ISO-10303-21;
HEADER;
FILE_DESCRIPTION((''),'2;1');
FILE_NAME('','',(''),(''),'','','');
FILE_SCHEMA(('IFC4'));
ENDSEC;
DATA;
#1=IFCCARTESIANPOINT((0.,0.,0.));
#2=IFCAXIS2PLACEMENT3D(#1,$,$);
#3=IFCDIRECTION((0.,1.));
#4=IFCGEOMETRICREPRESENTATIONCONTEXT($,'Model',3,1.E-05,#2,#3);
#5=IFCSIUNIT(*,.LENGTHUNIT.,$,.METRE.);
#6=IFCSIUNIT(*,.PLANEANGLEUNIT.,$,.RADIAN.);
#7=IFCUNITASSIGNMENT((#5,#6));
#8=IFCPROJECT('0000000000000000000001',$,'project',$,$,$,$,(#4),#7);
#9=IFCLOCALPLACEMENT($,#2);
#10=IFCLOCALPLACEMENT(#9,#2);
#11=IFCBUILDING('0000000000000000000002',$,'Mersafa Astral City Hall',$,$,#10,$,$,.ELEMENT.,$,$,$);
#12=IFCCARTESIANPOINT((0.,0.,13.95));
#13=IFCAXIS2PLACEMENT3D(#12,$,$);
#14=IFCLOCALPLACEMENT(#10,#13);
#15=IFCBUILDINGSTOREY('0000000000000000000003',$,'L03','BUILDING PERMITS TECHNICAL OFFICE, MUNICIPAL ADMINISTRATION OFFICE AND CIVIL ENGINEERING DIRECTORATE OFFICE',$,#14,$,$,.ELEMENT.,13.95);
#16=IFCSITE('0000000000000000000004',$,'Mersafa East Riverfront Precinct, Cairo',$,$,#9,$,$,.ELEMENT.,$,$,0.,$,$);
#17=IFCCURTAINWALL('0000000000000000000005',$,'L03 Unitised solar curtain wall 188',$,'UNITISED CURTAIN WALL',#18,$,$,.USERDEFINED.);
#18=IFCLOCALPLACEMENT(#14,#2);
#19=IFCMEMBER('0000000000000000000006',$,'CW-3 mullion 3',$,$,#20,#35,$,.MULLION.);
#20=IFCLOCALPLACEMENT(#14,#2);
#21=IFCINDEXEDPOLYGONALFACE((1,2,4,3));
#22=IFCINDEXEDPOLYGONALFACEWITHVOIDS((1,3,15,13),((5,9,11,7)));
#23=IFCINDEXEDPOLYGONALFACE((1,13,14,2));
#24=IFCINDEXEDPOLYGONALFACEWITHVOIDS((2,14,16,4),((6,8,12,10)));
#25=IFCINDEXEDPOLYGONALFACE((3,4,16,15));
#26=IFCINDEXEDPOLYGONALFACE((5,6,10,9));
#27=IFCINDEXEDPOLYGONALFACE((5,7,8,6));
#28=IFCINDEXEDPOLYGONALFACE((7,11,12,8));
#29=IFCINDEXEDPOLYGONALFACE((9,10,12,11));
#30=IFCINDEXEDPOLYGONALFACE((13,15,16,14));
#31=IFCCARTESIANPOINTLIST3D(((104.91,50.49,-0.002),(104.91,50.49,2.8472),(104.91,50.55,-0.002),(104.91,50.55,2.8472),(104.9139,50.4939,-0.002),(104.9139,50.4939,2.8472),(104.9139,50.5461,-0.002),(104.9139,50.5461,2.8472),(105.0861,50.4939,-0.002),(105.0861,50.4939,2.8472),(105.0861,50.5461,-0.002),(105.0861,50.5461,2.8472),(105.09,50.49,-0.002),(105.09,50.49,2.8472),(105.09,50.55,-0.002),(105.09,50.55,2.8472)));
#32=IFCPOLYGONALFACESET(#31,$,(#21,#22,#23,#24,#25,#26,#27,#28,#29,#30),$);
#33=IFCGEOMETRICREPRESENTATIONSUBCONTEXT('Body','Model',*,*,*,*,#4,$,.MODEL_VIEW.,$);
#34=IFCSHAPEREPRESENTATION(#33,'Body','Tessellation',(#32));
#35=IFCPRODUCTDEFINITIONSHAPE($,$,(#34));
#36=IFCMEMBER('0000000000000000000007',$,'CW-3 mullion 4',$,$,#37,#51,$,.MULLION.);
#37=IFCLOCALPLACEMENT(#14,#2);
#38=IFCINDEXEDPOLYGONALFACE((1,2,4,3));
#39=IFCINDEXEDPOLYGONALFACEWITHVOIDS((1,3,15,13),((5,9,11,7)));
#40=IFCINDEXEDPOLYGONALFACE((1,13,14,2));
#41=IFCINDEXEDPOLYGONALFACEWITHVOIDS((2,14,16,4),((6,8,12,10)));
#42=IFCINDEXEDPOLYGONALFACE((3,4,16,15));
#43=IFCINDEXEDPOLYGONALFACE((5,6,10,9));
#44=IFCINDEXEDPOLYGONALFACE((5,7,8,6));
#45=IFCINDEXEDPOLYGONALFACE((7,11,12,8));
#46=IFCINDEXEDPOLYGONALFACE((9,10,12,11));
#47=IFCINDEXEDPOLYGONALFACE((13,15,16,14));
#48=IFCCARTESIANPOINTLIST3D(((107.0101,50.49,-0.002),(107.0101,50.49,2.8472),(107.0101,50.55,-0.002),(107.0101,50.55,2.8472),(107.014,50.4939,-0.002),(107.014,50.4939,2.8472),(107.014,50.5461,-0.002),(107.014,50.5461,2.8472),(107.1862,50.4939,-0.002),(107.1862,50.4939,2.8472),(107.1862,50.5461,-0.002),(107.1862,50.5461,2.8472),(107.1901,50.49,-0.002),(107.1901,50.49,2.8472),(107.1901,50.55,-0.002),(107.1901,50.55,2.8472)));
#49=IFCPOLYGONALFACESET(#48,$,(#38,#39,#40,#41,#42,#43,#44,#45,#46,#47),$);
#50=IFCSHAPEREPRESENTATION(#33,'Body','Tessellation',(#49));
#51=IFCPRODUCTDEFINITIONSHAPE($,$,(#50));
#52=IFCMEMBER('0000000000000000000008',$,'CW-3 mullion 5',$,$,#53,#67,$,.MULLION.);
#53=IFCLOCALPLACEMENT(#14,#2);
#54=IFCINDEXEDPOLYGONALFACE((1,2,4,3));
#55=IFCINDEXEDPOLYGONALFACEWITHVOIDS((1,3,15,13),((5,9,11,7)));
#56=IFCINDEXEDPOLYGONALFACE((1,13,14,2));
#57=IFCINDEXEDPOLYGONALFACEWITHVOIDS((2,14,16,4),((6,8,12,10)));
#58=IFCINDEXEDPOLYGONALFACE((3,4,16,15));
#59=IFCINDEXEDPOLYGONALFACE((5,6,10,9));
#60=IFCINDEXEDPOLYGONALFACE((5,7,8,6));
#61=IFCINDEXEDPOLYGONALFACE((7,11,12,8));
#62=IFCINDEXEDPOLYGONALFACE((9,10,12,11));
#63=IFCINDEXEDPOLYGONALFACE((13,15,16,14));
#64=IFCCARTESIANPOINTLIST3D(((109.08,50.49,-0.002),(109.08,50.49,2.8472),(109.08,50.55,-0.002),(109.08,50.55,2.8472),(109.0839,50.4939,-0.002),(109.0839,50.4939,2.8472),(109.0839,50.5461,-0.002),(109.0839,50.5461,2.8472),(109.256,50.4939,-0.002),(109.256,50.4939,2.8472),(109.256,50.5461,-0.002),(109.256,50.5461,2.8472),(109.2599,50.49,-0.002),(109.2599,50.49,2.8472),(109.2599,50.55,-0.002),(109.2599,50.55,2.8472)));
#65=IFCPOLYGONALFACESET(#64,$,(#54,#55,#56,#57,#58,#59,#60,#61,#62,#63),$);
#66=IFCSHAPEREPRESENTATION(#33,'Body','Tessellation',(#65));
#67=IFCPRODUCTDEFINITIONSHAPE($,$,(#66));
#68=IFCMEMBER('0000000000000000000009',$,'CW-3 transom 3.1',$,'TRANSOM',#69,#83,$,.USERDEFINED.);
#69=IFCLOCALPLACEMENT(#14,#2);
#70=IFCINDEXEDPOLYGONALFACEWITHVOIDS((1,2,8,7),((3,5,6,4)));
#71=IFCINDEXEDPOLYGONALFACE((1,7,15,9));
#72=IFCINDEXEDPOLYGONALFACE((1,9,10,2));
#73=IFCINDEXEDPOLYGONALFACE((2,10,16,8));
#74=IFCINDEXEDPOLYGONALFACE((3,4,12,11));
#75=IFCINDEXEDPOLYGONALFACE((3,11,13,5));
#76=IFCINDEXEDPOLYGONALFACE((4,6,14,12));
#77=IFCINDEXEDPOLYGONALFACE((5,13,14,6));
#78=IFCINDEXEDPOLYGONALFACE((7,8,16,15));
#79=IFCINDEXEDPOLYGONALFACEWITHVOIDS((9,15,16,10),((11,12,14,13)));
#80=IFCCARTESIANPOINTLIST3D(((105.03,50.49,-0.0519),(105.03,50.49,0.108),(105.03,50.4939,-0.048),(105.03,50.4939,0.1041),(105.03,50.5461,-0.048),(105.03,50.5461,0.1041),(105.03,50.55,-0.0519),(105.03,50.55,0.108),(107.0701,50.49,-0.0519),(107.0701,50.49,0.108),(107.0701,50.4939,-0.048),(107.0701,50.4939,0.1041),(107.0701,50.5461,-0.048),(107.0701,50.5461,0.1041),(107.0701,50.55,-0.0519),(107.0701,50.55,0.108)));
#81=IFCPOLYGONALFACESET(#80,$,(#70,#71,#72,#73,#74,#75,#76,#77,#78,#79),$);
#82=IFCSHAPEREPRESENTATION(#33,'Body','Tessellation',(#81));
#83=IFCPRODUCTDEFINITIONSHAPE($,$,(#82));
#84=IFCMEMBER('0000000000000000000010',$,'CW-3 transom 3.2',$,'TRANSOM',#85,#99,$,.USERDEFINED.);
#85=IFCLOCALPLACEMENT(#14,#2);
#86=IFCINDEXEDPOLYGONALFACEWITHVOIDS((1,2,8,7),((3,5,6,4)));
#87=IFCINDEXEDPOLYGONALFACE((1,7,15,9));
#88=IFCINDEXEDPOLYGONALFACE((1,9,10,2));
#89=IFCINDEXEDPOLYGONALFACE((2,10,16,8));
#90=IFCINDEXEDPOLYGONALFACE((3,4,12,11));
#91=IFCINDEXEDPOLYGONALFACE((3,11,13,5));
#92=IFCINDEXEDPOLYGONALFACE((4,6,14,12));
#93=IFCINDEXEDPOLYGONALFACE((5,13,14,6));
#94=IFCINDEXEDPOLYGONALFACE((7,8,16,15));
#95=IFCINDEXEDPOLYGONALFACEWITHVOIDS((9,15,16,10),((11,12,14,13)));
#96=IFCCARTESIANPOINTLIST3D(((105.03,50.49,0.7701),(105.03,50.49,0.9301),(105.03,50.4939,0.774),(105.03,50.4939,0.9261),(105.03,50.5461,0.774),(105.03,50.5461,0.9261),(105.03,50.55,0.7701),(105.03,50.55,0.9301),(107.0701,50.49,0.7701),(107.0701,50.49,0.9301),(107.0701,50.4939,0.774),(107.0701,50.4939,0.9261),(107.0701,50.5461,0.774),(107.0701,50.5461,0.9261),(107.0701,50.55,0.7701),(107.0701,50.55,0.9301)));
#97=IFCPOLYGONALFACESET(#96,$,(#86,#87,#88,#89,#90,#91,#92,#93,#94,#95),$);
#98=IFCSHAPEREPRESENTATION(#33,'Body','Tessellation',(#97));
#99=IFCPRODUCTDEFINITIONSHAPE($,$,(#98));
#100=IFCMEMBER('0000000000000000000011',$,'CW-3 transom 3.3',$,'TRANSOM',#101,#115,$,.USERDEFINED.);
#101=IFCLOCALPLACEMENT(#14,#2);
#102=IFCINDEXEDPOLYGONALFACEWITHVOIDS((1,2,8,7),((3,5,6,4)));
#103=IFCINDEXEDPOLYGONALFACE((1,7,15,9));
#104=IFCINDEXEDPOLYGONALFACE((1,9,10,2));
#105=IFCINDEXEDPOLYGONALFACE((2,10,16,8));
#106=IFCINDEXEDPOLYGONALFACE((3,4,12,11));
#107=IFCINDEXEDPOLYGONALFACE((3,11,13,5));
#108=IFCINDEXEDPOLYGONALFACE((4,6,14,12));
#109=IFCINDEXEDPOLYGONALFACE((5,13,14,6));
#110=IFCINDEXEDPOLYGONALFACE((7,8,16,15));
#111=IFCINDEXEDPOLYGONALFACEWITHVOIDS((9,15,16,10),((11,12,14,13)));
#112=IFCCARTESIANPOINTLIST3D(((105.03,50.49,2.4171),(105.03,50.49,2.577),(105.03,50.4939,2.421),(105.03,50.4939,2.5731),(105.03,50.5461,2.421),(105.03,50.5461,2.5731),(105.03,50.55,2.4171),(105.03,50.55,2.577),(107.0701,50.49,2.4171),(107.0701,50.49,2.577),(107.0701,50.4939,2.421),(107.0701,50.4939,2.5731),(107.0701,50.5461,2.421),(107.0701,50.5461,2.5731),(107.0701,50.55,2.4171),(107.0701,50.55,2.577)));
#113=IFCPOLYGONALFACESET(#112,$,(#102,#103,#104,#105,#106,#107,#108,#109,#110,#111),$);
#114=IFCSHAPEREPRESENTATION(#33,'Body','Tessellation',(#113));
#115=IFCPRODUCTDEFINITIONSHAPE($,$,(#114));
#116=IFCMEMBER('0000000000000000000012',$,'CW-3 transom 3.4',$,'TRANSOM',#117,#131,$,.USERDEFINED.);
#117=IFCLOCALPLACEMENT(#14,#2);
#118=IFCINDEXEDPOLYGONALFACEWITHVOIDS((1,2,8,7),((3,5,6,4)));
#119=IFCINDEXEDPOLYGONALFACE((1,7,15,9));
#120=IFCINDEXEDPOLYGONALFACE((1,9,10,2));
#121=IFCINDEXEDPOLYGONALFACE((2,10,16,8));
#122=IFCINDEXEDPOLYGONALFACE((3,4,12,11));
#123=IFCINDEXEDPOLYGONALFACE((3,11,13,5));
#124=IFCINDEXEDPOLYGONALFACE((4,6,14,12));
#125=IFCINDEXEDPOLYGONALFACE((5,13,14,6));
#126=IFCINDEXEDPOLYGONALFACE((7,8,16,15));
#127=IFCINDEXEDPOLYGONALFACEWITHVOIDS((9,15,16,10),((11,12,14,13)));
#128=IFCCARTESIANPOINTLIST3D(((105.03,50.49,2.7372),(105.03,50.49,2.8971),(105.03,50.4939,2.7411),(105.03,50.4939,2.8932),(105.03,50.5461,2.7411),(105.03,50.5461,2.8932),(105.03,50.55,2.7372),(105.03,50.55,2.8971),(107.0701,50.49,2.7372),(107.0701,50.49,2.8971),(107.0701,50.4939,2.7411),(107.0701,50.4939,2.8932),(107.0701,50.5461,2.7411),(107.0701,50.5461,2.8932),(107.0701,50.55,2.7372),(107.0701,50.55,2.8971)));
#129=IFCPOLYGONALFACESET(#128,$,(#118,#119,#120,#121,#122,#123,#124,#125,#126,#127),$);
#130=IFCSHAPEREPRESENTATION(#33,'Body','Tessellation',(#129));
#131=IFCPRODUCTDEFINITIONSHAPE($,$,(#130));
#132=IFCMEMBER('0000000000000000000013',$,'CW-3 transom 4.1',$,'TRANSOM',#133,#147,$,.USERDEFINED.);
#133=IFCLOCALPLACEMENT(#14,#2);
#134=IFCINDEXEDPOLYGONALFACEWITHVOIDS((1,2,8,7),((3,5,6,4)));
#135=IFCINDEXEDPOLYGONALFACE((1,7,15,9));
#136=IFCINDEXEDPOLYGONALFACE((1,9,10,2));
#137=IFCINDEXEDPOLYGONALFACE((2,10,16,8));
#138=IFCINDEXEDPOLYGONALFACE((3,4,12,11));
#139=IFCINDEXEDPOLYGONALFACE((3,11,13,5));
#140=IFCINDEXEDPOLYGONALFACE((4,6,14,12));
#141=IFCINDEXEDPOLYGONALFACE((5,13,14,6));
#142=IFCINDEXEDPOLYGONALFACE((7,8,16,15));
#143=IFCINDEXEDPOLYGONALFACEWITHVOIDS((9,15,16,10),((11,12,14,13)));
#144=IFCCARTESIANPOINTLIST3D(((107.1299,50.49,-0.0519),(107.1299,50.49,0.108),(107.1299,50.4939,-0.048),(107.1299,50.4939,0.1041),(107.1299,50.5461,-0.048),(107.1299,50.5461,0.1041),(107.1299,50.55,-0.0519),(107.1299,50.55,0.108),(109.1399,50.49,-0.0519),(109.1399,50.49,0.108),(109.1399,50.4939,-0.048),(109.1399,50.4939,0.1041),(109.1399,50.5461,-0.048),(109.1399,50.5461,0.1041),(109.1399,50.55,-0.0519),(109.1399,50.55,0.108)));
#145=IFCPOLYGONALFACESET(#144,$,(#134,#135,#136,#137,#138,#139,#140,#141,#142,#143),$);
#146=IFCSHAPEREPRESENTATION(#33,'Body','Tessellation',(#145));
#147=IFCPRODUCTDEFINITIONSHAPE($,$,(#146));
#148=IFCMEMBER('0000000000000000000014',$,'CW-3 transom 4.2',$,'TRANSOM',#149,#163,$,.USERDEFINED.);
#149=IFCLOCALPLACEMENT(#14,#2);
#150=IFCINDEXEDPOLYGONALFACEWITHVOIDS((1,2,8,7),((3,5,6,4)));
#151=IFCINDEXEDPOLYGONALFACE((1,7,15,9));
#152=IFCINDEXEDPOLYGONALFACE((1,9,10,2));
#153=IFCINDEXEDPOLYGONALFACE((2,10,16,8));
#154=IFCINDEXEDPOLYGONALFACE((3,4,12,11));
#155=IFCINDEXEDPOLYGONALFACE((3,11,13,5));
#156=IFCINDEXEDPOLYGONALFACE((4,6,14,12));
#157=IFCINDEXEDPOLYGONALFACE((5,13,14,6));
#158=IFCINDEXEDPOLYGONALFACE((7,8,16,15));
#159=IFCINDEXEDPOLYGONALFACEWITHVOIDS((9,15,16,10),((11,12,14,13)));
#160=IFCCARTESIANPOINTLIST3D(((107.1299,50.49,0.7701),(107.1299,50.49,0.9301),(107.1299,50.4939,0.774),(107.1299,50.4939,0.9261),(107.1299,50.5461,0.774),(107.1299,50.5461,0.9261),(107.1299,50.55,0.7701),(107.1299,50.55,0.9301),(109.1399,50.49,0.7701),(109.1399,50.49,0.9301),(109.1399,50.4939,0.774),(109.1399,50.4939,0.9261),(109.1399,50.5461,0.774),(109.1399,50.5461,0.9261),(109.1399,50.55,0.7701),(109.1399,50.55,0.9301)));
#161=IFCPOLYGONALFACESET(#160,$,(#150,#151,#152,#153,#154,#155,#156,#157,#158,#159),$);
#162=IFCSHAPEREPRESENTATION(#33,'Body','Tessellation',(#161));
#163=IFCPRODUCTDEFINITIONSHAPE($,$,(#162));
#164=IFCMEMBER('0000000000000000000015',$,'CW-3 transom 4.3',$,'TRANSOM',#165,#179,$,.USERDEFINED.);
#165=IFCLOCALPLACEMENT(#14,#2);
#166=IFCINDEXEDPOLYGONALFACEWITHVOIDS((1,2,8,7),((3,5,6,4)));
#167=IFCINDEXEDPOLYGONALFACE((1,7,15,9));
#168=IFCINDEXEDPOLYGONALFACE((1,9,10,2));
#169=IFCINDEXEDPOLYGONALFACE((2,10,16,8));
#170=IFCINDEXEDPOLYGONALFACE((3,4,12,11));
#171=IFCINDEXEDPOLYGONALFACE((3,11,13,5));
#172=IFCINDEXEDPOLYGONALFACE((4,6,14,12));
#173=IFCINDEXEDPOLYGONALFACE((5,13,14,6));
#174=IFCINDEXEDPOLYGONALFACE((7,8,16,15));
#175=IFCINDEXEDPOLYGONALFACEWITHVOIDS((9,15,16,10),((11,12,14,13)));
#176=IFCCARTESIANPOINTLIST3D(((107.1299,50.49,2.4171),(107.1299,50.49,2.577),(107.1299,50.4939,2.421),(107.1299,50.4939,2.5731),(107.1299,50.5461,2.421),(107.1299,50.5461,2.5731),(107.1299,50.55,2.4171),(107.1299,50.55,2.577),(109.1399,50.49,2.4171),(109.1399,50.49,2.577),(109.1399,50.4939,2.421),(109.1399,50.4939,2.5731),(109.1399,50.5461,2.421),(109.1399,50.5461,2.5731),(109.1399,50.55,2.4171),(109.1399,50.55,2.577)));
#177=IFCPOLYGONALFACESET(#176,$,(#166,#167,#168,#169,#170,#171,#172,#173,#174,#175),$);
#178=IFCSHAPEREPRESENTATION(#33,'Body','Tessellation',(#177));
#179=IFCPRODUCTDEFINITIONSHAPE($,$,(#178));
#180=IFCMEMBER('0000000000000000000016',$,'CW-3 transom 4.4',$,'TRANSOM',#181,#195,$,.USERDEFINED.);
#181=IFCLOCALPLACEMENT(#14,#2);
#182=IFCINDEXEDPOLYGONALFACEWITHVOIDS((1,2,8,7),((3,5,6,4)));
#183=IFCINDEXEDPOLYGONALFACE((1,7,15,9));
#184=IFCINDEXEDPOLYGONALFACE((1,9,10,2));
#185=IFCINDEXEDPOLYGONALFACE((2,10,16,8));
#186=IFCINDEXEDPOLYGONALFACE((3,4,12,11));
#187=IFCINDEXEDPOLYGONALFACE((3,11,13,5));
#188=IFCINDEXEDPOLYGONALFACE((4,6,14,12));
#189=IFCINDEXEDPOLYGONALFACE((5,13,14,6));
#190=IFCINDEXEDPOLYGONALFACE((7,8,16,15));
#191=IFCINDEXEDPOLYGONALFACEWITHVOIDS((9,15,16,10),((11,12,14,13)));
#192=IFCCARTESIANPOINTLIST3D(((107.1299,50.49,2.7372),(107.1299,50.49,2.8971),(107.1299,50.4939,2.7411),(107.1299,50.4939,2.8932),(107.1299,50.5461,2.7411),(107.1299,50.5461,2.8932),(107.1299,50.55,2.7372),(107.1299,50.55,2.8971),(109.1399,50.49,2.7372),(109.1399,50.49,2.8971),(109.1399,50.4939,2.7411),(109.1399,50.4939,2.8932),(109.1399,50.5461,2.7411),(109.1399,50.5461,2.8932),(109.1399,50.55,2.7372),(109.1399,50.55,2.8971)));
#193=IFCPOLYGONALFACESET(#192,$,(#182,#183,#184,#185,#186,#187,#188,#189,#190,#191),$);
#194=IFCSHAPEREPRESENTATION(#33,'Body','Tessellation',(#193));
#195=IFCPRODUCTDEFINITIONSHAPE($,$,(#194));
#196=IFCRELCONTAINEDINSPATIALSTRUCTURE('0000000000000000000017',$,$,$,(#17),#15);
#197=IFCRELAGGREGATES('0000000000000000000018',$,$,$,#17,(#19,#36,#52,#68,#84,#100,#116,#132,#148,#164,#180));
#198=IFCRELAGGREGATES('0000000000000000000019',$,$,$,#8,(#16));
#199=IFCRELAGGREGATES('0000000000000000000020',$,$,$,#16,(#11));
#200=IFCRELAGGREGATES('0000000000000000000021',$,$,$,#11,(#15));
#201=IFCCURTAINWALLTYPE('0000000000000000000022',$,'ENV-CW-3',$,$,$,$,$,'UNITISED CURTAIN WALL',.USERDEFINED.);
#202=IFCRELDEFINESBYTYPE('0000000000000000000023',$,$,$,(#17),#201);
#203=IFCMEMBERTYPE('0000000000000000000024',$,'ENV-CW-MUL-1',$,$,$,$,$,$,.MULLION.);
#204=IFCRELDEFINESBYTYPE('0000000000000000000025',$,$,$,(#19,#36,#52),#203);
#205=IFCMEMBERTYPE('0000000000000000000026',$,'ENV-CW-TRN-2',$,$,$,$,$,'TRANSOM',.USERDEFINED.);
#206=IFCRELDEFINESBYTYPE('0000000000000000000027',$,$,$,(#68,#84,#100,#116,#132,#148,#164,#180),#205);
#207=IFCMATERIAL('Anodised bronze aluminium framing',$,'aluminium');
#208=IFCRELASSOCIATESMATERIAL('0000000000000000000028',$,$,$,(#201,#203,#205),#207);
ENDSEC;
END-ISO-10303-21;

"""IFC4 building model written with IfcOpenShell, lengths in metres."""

from ifc_helpers import new_model, si_unit, direction, frame, origin, origin_2d, place, context, subcontext, project, spatial, hollow_rectangle, extrude, material, material_profile, profile_set, type_object, element, aggregate, save


model = new_model("IFC4")

# Units and contexts
model_context = context("Model", 3, precision=1e-05, world=origin(), true_north=direction((0.0, 1.0)))
body_context = subcontext(model_context, "Body", "Model", "MODEL_VIEW")
ifc_project = project(units=[si_unit("LENGTHUNIT", "METRE"), si_unit("PLANEANGLEUNIT", "RADIAN")], contexts=[model_context])

# Site, building, storey
site_placement = place(None, origin())
site = spatial("IfcSite", under=ifc_project, at=site_placement, Name="Mersafa East Riverfront Precinct, Cairo", CompositionType="ELEMENT", RefElevation=0.0)
building_placement = place(site_placement, origin())
building = spatial("IfcBuilding", under=site, at=building_placement, Name="Mersafa Astral City Hall", CompositionType="ELEMENT")
storey_placement = place(building_placement, frame((0.0, 0.0, 13.95)))
storey = spatial("IfcBuildingStorey", under=building, at=storey_placement, Name="L03", Description="BUILDING PERMITS TECHNICAL OFFICE, MUNICIPAL ADMINISTRATION OFFICE AND CIVIL ENGINEERING DIRECTORATE OFFICE", CompositionType="ELEMENT", Elevation=13.95)

# Curtain wall, members
ifc_material_1 = material(Name="Anodised bronze aluminium framing", Category="aluminium")
curtain_wall_type = type_object("IfcCurtainWallType", Name="ENV-CW-3", ElementType="UNITISED CURTAIN WALL", PredefinedType="USERDEFINED", material=ifc_material_1)
curtain_wall_placement = place(storey_placement, origin())
curtain_wall = element("IfcCurtainWall", 1, at=curtain_wall_placement, inside=storey, type_object=curtain_wall_type, Name="L03 Unitised solar curtain wall 188", ObjectType="UNITISED CURTAIN WALL", PredefinedType="USERDEFINED")
ifc_material_profile_1 = material_profile(ifc_material_1, hollow_rectangle(XDim=0.0601, YDim=0.1799, WallThickness=0.0039, at=origin_2d()), Name="RHS 60x180x4")
ifc_profile_set_1 = profile_set([ifc_material_profile_1], Name="Anodised bronze aluminium framing")
member_type_1 = type_object("IfcMemberType", Name="ENV-CW-MUL-1", PredefinedType="MULLION", material=ifc_profile_set_1)
member_1_placement = place(storey_placement, frame((105.0, 50.52, -0.002), z_axis=(0.0, 0.0, 1.0), x_axis=(0.0, 1.0, 0.0)))
member_1 = element("IfcMember", 2, at=member_1_placement, type_object=member_type_1, Name="CW-3 mullion 3", PredefinedType="MULLION", context=body_context, shape_type="SweptSolid", body=[
    extrude(hollow_rectangle(XDim=0.0601, YDim=0.1799, WallThickness=0.0039, at=origin_2d()), origin(), (0.0, 0.0, 1.0), 2.8491),
])
member_2_placement = place(storey_placement, frame((107.1001, 50.52, -0.002), z_axis=(0.0, 0.0, 1.0), x_axis=(0.0, 1.0, 0.0)))
member_2 = element("IfcMember", 3, at=member_2_placement, type_object=member_type_1, Name="CW-3 mullion 4", PredefinedType="MULLION", context=body_context, shape_type="SweptSolid", body=[
    extrude(hollow_rectangle(XDim=0.0601, YDim=0.1799, WallThickness=0.0039, at=origin_2d()), origin(), (0.0, 0.0, 1.0), 2.8491),
])
member_3_placement = place(storey_placement, frame((109.1699, 50.52, -0.002), z_axis=(0.0, 0.0, 1.0), x_axis=(0.0, 1.0, 0.0)))
member_3 = element("IfcMember", 4, at=member_3_placement, type_object=member_type_1, Name="CW-3 mullion 5", PredefinedType="MULLION", context=body_context, shape_type="SweptSolid", body=[
    extrude(hollow_rectangle(XDim=0.0601, YDim=0.1799, WallThickness=0.0039, at=origin_2d()), origin(), (0.0, 0.0, 1.0), 2.8491),
])
ifc_material_profile_2 = material_profile(ifc_material_1, hollow_rectangle(XDim=0.0601, YDim=0.1599, WallThickness=0.0039, at=origin_2d()), Name="RHS 60x160x4")
ifc_profile_set_2 = profile_set([ifc_material_profile_2], Name="Anodised bronze aluminium framing")
member_type_2 = type_object("IfcMemberType", Name="ENV-CW-TRN-2", ElementType="TRANSOM", PredefinedType="USERDEFINED", material=ifc_profile_set_2)
member_4_placement = place(storey_placement, frame((105.03, 50.52, 0.0281), z_axis=(1.0, 0.0, 0.0), x_axis=(0.0, 1.0, 0.0)))
member_4 = element("IfcMember", 5, at=member_4_placement, type_object=member_type_2, Name="CW-3 transom 3.1", ObjectType="TRANSOM", PredefinedType="USERDEFINED", context=body_context, shape_type="SweptSolid", body=[
    extrude(hollow_rectangle(XDim=0.0601, YDim=0.1599, WallThickness=0.0039, at=origin_2d()), origin(), (0.0, 0.0, 1.0), 2.04),
])
member_5_placement = place(storey_placement, frame((105.03, 50.52, 0.8501), z_axis=(1.0, 0.0, 0.0), x_axis=(0.0, 1.0, 0.0)))
member_5 = element("IfcMember", 6, at=member_5_placement, type_object=member_type_2, Name="CW-3 transom 3.2", ObjectType="TRANSOM", PredefinedType="USERDEFINED", context=body_context, shape_type="SweptSolid", body=[
    extrude(hollow_rectangle(XDim=0.0601, YDim=0.1599, WallThickness=0.0039, at=origin_2d()), origin(), (0.0, 0.0, 1.0), 2.04),
])
member_6_placement = place(storey_placement, frame((105.03, 50.52, 2.4971), z_axis=(1.0, 0.0, 0.0), x_axis=(0.0, 1.0, 0.0)))
member_6 = element("IfcMember", 7, at=member_6_placement, type_object=member_type_2, Name="CW-3 transom 3.3", ObjectType="TRANSOM", PredefinedType="USERDEFINED", context=body_context, shape_type="SweptSolid", body=[
    extrude(hollow_rectangle(XDim=0.0601, YDim=0.1599, WallThickness=0.0039, at=origin_2d()), origin(), (0.0, 0.0, 1.0), 2.04),
])
member_7_placement = place(storey_placement, frame((105.03, 50.52, 2.8171), z_axis=(1.0, 0.0, 0.0), x_axis=(0.0, 1.0, 0.0)))
member_7 = element("IfcMember", 8, at=member_7_placement, type_object=member_type_2, Name="CW-3 transom 3.4", ObjectType="TRANSOM", PredefinedType="USERDEFINED", context=body_context, shape_type="SweptSolid", body=[
    extrude(hollow_rectangle(XDim=0.0601, YDim=0.1599, WallThickness=0.0039, at=origin_2d()), origin(), (0.0, 0.0, 1.0), 2.04),
])
member_8_placement = place(storey_placement, frame((107.1299, 50.52, 0.0281), z_axis=(1.0, 0.0, 0.0), x_axis=(0.0, 1.0, 0.0)))
member_8 = element("IfcMember", 9, at=member_8_placement, type_object=member_type_2, Name="CW-3 transom 4.1", ObjectType="TRANSOM", PredefinedType="USERDEFINED", context=body_context, shape_type="SweptSolid", body=[
    extrude(hollow_rectangle(XDim=0.0601, YDim=0.1599, WallThickness=0.0039, at=origin_2d()), origin(), (0.0, 0.0, 1.0), 2.01),
])
member_9_placement = place(storey_placement, frame((107.1299, 50.52, 0.8501), z_axis=(1.0, 0.0, 0.0), x_axis=(0.0, 1.0, 0.0)))
member_9 = element("IfcMember", 10, at=member_9_placement, type_object=member_type_2, Name="CW-3 transom 4.2", ObjectType="TRANSOM", PredefinedType="USERDEFINED", context=body_context, shape_type="SweptSolid", body=[
    extrude(hollow_rectangle(XDim=0.0601, YDim=0.1599, WallThickness=0.0039, at=origin_2d()), origin(), (0.0, 0.0, 1.0), 2.01),
])
member_10_placement = place(storey_placement, frame((107.1299, 50.52, 2.4971), z_axis=(1.0, 0.0, 0.0), x_axis=(0.0, 1.0, 0.0)))
member_10 = element("IfcMember", 11, at=member_10_placement, type_object=member_type_2, Name="CW-3 transom 4.3", ObjectType="TRANSOM", PredefinedType="USERDEFINED", context=body_context, shape_type="SweptSolid", body=[
    extrude(hollow_rectangle(XDim=0.0601, YDim=0.1599, WallThickness=0.0039, at=origin_2d()), origin(), (0.0, 0.0, 1.0), 2.01),
])
member_11_placement = place(storey_placement, frame((107.1299, 50.52, 2.8171), z_axis=(1.0, 0.0, 0.0), x_axis=(0.0, 1.0, 0.0)))
member_11 = element("IfcMember", 12, at=member_11_placement, type_object=member_type_2, Name="CW-3 transom 4.4", ObjectType="TRANSOM", PredefinedType="USERDEFINED", context=body_context, shape_type="SweptSolid", body=[
    extrude(hollow_rectangle(XDim=0.0601, YDim=0.1599, WallThickness=0.0039, at=origin_2d()), origin(), (0.0, 0.0, 1.0), 2.01),
])
aggregate(curtain_wall, [member_1, member_2, member_3, member_4, member_5, member_6, member_7, member_8, member_9, member_10, member_11])

save(model, "model.ifc")
